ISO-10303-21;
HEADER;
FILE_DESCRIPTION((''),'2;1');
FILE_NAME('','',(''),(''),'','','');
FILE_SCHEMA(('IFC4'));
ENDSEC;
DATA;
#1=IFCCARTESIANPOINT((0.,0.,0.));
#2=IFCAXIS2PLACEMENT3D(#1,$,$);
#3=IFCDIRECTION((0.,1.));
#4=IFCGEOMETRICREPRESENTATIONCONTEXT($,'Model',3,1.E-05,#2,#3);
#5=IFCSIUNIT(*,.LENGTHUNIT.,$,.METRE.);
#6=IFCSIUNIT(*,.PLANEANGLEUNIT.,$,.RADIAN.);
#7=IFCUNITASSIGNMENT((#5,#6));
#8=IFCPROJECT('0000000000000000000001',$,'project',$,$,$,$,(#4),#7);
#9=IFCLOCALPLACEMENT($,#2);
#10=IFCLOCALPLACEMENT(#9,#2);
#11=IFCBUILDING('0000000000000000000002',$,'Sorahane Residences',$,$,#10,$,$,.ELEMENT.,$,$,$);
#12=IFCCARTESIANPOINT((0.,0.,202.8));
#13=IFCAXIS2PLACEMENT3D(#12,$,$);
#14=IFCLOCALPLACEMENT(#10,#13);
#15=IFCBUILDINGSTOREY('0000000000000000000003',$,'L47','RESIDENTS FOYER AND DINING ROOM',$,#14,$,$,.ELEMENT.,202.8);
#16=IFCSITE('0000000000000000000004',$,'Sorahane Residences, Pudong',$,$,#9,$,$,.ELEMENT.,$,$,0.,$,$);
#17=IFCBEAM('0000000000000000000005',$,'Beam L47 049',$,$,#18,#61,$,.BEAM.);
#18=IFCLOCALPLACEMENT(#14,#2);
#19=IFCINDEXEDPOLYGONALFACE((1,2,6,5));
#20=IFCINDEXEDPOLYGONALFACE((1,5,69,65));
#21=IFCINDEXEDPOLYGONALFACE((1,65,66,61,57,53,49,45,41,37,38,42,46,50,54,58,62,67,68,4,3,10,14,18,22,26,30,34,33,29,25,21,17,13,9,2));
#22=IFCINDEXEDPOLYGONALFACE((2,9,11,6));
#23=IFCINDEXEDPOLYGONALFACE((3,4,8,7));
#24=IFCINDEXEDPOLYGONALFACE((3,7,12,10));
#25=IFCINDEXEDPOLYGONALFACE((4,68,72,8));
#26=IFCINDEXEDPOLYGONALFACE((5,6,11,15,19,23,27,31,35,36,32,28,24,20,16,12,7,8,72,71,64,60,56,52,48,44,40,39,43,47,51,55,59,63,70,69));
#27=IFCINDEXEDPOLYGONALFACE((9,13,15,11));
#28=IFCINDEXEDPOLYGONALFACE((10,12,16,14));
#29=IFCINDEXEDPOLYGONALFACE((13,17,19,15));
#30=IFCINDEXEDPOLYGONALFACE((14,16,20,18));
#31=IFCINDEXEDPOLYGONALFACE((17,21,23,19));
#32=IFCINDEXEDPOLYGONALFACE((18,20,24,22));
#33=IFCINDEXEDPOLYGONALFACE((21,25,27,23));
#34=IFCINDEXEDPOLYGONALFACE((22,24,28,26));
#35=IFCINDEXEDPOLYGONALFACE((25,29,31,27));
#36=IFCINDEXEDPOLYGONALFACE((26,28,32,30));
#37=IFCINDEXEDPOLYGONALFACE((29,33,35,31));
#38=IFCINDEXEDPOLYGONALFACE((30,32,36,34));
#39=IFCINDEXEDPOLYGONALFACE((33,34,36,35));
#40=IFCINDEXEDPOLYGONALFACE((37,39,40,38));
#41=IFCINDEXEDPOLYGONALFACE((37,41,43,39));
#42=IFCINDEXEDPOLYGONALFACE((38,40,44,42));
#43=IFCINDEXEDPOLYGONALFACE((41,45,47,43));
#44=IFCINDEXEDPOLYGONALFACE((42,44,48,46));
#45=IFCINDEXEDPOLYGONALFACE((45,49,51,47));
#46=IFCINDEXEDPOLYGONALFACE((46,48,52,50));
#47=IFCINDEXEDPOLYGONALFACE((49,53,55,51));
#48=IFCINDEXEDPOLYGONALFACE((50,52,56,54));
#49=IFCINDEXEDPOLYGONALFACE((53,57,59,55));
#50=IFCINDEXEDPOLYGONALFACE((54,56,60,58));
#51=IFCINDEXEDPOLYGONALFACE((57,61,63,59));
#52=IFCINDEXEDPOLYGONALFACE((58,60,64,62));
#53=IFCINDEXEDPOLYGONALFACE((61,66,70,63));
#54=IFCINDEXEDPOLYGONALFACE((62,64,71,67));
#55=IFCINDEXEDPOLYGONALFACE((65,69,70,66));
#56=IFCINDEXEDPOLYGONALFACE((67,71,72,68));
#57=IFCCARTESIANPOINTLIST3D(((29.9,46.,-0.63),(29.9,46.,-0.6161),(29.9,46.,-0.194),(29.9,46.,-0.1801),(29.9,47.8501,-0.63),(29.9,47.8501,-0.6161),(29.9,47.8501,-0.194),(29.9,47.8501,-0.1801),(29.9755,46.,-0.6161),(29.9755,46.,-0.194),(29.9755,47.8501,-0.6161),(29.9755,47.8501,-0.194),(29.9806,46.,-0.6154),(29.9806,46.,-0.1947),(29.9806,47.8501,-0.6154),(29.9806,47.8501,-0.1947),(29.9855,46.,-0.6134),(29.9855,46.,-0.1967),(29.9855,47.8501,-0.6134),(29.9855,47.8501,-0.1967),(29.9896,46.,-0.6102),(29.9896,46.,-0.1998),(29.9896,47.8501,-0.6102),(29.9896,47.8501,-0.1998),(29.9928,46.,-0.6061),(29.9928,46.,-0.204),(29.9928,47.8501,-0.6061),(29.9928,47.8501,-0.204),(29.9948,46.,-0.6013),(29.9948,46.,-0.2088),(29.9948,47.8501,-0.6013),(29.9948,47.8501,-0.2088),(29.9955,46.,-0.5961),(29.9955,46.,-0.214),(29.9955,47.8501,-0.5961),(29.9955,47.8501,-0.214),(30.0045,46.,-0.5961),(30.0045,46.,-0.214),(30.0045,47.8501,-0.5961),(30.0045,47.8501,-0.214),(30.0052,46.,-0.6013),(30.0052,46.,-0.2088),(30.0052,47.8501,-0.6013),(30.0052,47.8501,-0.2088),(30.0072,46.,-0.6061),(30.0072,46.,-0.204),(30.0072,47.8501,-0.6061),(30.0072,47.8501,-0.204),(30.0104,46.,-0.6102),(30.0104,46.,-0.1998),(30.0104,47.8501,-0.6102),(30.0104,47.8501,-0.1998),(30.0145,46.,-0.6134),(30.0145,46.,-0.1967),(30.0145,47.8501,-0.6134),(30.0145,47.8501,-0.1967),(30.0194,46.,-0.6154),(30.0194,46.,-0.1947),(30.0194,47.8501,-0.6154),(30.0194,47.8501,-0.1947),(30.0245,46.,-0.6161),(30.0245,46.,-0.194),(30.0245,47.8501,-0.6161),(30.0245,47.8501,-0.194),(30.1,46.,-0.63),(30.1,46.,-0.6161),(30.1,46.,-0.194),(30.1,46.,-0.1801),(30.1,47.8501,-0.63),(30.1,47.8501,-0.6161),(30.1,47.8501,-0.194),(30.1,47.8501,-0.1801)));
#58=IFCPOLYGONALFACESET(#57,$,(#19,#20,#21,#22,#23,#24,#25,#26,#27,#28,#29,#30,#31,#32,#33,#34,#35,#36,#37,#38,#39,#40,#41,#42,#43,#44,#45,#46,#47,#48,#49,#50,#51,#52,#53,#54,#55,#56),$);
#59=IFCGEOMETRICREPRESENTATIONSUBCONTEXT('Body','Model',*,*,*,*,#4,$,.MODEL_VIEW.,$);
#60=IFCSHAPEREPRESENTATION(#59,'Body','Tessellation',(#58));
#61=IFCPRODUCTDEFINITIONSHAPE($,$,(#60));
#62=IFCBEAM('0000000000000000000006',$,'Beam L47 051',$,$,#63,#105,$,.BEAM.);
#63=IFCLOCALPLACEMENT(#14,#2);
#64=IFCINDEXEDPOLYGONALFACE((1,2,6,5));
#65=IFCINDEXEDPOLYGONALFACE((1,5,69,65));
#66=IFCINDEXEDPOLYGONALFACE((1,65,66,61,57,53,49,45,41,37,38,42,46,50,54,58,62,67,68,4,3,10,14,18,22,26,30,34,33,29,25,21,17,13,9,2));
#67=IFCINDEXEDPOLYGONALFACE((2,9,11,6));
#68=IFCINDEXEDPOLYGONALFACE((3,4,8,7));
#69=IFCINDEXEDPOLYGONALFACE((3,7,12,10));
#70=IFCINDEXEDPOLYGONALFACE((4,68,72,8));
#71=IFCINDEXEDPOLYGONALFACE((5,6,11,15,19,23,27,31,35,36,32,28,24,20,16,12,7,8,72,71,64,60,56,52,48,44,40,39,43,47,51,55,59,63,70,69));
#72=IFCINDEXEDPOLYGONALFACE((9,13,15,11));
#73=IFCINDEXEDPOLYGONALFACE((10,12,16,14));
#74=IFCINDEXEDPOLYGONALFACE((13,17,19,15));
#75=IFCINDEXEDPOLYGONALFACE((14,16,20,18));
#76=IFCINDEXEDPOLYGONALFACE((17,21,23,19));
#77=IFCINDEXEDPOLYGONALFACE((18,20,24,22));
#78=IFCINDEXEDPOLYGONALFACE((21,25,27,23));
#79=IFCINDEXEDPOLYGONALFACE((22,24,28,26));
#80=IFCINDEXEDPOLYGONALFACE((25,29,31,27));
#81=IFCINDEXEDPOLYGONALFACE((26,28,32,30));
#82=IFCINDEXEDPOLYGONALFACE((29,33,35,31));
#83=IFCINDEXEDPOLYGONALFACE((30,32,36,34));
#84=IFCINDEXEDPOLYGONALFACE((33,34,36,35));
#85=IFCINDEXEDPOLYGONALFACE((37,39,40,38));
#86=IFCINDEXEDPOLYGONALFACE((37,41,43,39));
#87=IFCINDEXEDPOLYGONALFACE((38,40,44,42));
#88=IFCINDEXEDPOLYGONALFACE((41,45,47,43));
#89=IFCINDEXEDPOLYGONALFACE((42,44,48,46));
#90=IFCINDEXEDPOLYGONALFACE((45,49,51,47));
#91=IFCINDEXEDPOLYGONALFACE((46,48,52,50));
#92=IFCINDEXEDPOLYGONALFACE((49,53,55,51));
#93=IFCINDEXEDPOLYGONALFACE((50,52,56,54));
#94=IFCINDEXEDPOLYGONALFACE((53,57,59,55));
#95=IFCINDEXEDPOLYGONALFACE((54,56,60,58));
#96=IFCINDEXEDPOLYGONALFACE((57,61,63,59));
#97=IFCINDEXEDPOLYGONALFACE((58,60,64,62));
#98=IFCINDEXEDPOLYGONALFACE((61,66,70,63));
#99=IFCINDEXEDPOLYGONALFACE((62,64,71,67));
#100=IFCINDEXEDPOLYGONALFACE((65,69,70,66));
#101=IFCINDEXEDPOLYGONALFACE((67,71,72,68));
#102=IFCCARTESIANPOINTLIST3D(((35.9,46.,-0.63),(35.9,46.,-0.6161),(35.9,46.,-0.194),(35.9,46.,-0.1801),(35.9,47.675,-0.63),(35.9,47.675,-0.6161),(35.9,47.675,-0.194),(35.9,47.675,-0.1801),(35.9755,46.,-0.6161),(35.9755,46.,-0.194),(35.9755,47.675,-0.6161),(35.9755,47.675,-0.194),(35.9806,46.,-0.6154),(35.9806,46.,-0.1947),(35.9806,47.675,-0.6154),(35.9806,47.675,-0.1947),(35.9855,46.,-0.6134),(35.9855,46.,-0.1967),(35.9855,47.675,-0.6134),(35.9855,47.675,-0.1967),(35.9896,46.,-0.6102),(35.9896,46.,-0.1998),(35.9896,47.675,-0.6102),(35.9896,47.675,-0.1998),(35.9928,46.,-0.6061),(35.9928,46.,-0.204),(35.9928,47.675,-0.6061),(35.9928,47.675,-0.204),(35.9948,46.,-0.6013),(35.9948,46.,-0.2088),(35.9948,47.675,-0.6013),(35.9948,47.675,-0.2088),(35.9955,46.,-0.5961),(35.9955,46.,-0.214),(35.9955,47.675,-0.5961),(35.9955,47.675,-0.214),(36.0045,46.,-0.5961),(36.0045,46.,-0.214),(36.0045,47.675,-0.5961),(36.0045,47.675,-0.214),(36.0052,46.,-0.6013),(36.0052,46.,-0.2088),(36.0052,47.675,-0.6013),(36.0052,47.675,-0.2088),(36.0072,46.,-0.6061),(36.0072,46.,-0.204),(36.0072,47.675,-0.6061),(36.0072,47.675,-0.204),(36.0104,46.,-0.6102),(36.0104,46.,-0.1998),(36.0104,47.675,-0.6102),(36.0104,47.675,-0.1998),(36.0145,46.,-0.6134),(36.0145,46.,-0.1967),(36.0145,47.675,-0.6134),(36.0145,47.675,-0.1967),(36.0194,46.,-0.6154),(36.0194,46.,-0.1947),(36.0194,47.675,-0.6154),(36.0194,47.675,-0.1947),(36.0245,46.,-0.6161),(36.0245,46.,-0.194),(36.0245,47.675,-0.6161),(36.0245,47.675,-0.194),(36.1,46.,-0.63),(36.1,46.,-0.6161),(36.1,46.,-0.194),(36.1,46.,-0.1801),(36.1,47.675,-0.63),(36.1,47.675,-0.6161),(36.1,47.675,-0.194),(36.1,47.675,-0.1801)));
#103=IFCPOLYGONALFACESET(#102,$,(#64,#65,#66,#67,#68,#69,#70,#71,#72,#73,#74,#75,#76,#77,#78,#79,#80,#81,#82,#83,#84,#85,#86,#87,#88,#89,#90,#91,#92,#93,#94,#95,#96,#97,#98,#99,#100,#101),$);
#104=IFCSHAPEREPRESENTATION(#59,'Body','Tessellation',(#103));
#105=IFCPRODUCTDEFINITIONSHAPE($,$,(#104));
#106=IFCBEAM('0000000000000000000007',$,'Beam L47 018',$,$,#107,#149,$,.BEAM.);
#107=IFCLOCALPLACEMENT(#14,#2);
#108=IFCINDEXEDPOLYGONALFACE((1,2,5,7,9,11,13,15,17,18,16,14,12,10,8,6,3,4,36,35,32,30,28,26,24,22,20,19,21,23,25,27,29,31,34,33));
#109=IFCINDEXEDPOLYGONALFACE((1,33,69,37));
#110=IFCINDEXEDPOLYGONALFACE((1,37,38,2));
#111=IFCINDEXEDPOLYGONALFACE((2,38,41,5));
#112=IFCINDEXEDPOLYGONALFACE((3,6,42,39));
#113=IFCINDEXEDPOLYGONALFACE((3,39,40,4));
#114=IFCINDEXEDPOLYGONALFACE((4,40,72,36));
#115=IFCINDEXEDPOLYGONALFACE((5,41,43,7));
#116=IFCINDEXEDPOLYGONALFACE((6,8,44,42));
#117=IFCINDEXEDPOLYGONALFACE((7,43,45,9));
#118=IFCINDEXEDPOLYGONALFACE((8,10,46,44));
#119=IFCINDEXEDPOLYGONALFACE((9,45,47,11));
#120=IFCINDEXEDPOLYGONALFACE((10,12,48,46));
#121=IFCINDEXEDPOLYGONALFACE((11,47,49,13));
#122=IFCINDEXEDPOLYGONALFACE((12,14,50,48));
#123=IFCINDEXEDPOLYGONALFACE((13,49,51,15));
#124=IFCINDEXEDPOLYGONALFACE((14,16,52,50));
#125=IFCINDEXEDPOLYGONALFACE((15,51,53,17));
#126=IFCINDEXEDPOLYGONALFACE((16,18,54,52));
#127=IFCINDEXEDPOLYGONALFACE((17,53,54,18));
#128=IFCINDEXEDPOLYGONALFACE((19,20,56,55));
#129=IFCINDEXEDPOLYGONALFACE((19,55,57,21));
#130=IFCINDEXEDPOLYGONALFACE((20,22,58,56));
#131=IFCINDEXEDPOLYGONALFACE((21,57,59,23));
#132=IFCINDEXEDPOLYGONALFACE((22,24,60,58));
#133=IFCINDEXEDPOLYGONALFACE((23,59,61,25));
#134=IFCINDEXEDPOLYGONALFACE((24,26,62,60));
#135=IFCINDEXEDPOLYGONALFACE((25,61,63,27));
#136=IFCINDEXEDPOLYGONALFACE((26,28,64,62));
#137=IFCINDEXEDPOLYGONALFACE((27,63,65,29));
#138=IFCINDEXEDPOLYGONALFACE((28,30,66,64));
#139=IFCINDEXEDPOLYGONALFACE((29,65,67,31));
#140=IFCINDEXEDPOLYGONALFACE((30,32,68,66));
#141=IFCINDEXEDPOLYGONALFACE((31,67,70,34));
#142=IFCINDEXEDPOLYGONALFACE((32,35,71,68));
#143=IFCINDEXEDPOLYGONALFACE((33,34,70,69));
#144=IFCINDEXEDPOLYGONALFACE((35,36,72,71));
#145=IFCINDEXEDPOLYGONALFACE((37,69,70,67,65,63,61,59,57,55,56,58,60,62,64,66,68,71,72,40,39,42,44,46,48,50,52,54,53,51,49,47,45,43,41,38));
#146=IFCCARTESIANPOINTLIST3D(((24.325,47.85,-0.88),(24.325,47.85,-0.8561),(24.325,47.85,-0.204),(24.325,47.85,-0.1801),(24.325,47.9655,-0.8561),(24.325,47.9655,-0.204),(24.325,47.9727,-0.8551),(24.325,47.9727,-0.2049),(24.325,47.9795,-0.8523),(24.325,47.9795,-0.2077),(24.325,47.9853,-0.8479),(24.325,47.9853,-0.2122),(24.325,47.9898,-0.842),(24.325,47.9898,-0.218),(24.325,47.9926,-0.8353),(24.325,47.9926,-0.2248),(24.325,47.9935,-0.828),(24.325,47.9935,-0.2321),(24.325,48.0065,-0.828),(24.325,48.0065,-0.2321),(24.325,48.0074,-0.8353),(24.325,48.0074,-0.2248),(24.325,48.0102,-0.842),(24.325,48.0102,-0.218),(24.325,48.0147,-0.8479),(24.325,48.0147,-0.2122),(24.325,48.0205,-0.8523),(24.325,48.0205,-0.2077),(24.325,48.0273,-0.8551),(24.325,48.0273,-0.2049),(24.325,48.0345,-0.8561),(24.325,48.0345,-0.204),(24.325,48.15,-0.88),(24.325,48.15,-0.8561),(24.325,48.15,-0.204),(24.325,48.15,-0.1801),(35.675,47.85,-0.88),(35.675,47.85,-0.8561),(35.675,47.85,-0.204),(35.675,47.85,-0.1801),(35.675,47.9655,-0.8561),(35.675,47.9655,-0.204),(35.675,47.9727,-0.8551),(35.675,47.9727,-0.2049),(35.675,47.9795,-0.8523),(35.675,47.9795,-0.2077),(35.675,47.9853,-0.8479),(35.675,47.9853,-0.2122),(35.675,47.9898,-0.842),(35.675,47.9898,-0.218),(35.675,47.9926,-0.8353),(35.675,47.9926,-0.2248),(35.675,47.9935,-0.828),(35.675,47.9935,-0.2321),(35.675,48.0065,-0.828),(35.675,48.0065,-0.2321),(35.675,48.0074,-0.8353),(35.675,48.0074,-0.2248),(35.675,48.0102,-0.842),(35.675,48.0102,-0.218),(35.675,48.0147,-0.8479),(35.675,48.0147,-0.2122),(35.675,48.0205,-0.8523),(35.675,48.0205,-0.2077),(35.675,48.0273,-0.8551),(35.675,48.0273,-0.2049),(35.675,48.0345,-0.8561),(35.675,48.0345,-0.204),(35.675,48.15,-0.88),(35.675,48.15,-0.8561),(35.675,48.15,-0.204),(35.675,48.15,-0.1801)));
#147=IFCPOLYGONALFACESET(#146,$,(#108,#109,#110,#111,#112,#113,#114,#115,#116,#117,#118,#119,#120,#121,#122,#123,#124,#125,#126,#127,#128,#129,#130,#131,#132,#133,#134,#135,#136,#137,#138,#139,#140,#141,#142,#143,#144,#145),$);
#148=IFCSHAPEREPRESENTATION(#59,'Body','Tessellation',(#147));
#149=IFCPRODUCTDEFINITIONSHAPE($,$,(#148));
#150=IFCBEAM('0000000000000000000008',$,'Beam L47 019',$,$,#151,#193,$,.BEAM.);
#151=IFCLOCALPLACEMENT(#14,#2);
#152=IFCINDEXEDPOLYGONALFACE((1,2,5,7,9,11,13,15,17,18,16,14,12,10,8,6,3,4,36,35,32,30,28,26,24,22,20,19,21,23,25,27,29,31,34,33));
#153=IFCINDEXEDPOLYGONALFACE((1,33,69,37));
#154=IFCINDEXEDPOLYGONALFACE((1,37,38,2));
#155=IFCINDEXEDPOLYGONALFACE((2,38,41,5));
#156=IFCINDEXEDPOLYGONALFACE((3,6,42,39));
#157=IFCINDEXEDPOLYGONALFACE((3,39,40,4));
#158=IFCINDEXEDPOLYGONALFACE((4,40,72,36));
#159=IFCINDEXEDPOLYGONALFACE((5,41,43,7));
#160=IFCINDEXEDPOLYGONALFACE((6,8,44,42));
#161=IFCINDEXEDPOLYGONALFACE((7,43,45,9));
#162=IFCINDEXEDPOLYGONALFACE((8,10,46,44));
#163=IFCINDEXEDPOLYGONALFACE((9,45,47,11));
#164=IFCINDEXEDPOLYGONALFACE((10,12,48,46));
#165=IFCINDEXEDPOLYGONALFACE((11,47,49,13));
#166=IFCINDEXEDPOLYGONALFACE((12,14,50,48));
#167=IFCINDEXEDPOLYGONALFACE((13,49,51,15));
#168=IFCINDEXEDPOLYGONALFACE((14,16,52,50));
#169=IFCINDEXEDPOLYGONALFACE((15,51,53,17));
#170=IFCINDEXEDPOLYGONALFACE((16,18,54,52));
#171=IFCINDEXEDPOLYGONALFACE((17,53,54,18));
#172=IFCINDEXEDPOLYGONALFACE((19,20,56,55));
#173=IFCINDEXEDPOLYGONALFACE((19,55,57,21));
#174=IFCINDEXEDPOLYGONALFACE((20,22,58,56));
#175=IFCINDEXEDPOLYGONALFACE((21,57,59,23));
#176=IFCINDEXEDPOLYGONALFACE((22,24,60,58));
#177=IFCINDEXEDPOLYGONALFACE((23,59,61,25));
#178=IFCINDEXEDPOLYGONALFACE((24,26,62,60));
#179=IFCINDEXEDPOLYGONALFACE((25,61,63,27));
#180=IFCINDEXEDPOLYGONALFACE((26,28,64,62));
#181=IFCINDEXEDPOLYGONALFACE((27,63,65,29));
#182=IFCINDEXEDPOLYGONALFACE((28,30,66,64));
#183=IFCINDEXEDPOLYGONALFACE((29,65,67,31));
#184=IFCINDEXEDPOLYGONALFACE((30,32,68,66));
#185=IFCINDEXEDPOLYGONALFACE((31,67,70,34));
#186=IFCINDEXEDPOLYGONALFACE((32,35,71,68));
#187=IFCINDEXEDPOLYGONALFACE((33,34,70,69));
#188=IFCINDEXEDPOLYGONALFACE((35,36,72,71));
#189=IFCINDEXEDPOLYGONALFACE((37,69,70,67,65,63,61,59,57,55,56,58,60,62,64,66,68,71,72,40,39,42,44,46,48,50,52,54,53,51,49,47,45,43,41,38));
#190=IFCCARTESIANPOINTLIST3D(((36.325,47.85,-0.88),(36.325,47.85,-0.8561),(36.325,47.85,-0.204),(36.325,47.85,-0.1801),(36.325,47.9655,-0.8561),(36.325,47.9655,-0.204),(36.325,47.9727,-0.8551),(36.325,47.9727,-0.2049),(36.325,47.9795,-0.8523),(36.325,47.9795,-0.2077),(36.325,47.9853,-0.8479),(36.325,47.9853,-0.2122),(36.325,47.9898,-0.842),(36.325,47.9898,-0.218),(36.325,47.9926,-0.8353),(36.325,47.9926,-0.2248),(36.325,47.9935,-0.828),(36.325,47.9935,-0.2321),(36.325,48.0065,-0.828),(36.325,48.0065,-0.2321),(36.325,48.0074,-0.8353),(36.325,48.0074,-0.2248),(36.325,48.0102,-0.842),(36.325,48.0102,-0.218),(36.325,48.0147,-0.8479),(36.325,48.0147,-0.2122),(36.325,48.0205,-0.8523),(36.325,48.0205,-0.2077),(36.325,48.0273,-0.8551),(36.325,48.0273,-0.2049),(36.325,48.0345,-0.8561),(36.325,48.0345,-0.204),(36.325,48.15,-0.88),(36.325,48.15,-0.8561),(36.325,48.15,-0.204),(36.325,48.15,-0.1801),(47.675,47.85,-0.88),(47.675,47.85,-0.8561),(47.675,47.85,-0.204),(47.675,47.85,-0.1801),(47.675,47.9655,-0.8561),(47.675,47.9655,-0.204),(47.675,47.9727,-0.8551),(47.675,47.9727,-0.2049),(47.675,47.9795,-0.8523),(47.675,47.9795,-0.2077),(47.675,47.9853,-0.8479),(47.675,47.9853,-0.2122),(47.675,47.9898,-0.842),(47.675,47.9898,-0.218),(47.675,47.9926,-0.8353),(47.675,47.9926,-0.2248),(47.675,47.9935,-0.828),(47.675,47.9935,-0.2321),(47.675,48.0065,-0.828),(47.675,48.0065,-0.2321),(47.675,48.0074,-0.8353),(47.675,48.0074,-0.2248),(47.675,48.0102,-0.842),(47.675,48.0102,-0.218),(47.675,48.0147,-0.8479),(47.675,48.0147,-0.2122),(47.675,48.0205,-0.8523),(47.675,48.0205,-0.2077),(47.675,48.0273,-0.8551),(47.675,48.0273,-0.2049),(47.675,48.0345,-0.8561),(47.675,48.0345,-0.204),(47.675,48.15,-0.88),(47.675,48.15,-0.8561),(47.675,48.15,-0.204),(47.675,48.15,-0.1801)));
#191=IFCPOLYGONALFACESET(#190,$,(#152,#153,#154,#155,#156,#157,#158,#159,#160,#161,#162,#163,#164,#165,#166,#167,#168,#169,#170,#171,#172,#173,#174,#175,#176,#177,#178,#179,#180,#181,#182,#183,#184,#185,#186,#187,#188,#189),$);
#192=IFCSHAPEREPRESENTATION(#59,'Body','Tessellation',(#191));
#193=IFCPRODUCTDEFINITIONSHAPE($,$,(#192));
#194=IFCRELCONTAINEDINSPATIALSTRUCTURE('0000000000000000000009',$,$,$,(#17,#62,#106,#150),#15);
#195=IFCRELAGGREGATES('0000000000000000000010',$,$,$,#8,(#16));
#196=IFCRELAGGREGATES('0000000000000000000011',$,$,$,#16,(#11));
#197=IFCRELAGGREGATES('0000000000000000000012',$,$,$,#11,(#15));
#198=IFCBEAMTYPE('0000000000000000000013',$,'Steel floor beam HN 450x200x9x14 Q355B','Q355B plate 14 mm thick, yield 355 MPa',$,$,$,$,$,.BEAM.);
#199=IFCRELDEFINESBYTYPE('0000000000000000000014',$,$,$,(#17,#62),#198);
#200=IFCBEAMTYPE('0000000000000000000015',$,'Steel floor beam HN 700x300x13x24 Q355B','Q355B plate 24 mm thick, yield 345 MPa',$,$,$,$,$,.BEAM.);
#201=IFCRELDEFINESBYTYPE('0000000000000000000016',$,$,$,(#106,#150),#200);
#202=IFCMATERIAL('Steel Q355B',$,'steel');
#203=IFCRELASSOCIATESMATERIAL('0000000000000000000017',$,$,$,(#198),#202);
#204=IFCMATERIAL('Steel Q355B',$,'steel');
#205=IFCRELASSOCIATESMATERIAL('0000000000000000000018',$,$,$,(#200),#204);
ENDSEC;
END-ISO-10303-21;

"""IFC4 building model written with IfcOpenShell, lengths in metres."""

from ifc_helpers import new_model, si_unit, direction, frame, origin, origin_2d, place, context, subcontext, project, spatial, i_section, extrude, material, material_profile, profile_set, type_object, element, save


model = new_model("IFC4")

# Units and contexts
model_context = context("Model", 3, precision=1e-05, world=origin(), true_north=direction((0.0, 1.0)))
body_context = subcontext(model_context, "Body", "Model", "MODEL_VIEW")
ifc_project = project(units=[si_unit("LENGTHUNIT", "METRE"), si_unit("PLANEANGLEUNIT", "RADIAN")], contexts=[model_context])

# Site, building, storey
site_placement = place(None, origin())
site = spatial("IfcSite", under=ifc_project, at=site_placement, Name="Sorahane Residences, Pudong", CompositionType="ELEMENT", RefElevation=0.0)
building_placement = place(site_placement, origin())
building = spatial("IfcBuilding", under=site, at=building_placement, Name="Sorahane Residences", CompositionType="ELEMENT")
storey_placement = place(building_placement, frame((0.0, 0.0, 202.8)))
storey = spatial("IfcBuildingStorey", under=building, at=storey_placement, Name="L47", Description="RESIDENTS FOYER AND DINING ROOM", CompositionType="ELEMENT", Elevation=202.8)

# Beams
ifc_material_1 = material(Name="Steel Q355B", Category="steel")
ifc_material_profile_1 = material_profile(ifc_material_1, i_section(OverallWidth=0.2, OverallDepth=0.45, WebThickness=0.009, FlangeThickness=0.0139, FilletRadius=0.02, at=origin_2d()), Name="HN 450x200x9x14")
ifc_profile_set_1 = profile_set([ifc_material_profile_1], Name="Steel Q355B")
beam_type_1 = type_object("IfcBeamType", Name="Steel floor beam HN 450x200x9x14 Q355B", Description="Q355B plate 14 mm thick, yield 355 MPa", PredefinedType="BEAM", material=ifc_profile_set_1)
beam_1_placement = place(storey_placement, frame((30.0, 46.0, -0.405), z_axis=(0.0, 1.0, 0.0), x_axis=(-1.0, 0.0, 0.0)))
element("IfcBeam", 1, at=beam_1_placement, inside=storey, type_object=beam_type_1, Name="Beam L47 049", PredefinedType="BEAM", context=body_context, shape_type="SweptSolid", body=[
    extrude(i_section(OverallWidth=0.2, OverallDepth=0.45, WebThickness=0.009, FlangeThickness=0.0139, FilletRadius=0.02, at=origin_2d()), origin(), (0.0, 0.0, 1.0), 1.8501),
])
beam_2_placement = place(storey_placement, frame((36.0, 46.0, -0.405), z_axis=(0.0, 1.0, 0.0), x_axis=(-1.0, 0.0, 0.0)))
element("IfcBeam", 2, at=beam_2_placement, inside=storey, type_object=beam_type_1, Name="Beam L47 051", PredefinedType="BEAM", context=body_context, shape_type="SweptSolid", body=[
    extrude(i_section(OverallWidth=0.2, OverallDepth=0.45, WebThickness=0.009, FlangeThickness=0.0139, FilletRadius=0.02, at=origin_2d()), origin(), (0.0, 0.0, 1.0), 1.675),
])
ifc_material_2 = material(Name="Steel Q355B", Category="steel")
ifc_material_profile_2 = material_profile(ifc_material_2, i_section(OverallWidth=0.3, OverallDepth=0.7, WebThickness=0.0129, FlangeThickness=0.0239, FilletRadius=0.0281, at=origin_2d()), Name="HN 700x300x13x24")
ifc_profile_set_2 = profile_set([ifc_material_profile_2], Name="Steel Q355B")
beam_type_2 = type_object("IfcBeamType", Name="Steel floor beam HN 700x300x13x24 Q355B", Description="Q355B plate 24 mm thick, yield 345 MPa", PredefinedType="BEAM", material=ifc_profile_set_2)
for number, where, z_axis, x_axis, name in (
    (3, (24.325, 48.0, -0.53), (1.0, 0.0, 0.0), (0.0, 1.0, 0.0), "Beam L47 018"),
    (4, (36.325, 48.0, -0.53), (1.0, 0.0, 0.0), (0.0, 1.0, 0.0), "Beam L47 019"),
):
    element("IfcBeam", number, at=place(storey_placement, frame(where, z_axis=z_axis, x_axis=x_axis)), inside=storey, type_object=beam_type_2, Name=name, PredefinedType="BEAM", context=body_context, shape_type="SweptSolid", body=[
        extrude(i_section(OverallWidth=0.3, OverallDepth=0.7, WebThickness=0.0129, FlangeThickness=0.0239, FilletRadius=0.0281, at=origin_2d()), origin(), (0.0, 0.0, 1.0), 11.3501),
    ])

save(model, "model.ifc")
